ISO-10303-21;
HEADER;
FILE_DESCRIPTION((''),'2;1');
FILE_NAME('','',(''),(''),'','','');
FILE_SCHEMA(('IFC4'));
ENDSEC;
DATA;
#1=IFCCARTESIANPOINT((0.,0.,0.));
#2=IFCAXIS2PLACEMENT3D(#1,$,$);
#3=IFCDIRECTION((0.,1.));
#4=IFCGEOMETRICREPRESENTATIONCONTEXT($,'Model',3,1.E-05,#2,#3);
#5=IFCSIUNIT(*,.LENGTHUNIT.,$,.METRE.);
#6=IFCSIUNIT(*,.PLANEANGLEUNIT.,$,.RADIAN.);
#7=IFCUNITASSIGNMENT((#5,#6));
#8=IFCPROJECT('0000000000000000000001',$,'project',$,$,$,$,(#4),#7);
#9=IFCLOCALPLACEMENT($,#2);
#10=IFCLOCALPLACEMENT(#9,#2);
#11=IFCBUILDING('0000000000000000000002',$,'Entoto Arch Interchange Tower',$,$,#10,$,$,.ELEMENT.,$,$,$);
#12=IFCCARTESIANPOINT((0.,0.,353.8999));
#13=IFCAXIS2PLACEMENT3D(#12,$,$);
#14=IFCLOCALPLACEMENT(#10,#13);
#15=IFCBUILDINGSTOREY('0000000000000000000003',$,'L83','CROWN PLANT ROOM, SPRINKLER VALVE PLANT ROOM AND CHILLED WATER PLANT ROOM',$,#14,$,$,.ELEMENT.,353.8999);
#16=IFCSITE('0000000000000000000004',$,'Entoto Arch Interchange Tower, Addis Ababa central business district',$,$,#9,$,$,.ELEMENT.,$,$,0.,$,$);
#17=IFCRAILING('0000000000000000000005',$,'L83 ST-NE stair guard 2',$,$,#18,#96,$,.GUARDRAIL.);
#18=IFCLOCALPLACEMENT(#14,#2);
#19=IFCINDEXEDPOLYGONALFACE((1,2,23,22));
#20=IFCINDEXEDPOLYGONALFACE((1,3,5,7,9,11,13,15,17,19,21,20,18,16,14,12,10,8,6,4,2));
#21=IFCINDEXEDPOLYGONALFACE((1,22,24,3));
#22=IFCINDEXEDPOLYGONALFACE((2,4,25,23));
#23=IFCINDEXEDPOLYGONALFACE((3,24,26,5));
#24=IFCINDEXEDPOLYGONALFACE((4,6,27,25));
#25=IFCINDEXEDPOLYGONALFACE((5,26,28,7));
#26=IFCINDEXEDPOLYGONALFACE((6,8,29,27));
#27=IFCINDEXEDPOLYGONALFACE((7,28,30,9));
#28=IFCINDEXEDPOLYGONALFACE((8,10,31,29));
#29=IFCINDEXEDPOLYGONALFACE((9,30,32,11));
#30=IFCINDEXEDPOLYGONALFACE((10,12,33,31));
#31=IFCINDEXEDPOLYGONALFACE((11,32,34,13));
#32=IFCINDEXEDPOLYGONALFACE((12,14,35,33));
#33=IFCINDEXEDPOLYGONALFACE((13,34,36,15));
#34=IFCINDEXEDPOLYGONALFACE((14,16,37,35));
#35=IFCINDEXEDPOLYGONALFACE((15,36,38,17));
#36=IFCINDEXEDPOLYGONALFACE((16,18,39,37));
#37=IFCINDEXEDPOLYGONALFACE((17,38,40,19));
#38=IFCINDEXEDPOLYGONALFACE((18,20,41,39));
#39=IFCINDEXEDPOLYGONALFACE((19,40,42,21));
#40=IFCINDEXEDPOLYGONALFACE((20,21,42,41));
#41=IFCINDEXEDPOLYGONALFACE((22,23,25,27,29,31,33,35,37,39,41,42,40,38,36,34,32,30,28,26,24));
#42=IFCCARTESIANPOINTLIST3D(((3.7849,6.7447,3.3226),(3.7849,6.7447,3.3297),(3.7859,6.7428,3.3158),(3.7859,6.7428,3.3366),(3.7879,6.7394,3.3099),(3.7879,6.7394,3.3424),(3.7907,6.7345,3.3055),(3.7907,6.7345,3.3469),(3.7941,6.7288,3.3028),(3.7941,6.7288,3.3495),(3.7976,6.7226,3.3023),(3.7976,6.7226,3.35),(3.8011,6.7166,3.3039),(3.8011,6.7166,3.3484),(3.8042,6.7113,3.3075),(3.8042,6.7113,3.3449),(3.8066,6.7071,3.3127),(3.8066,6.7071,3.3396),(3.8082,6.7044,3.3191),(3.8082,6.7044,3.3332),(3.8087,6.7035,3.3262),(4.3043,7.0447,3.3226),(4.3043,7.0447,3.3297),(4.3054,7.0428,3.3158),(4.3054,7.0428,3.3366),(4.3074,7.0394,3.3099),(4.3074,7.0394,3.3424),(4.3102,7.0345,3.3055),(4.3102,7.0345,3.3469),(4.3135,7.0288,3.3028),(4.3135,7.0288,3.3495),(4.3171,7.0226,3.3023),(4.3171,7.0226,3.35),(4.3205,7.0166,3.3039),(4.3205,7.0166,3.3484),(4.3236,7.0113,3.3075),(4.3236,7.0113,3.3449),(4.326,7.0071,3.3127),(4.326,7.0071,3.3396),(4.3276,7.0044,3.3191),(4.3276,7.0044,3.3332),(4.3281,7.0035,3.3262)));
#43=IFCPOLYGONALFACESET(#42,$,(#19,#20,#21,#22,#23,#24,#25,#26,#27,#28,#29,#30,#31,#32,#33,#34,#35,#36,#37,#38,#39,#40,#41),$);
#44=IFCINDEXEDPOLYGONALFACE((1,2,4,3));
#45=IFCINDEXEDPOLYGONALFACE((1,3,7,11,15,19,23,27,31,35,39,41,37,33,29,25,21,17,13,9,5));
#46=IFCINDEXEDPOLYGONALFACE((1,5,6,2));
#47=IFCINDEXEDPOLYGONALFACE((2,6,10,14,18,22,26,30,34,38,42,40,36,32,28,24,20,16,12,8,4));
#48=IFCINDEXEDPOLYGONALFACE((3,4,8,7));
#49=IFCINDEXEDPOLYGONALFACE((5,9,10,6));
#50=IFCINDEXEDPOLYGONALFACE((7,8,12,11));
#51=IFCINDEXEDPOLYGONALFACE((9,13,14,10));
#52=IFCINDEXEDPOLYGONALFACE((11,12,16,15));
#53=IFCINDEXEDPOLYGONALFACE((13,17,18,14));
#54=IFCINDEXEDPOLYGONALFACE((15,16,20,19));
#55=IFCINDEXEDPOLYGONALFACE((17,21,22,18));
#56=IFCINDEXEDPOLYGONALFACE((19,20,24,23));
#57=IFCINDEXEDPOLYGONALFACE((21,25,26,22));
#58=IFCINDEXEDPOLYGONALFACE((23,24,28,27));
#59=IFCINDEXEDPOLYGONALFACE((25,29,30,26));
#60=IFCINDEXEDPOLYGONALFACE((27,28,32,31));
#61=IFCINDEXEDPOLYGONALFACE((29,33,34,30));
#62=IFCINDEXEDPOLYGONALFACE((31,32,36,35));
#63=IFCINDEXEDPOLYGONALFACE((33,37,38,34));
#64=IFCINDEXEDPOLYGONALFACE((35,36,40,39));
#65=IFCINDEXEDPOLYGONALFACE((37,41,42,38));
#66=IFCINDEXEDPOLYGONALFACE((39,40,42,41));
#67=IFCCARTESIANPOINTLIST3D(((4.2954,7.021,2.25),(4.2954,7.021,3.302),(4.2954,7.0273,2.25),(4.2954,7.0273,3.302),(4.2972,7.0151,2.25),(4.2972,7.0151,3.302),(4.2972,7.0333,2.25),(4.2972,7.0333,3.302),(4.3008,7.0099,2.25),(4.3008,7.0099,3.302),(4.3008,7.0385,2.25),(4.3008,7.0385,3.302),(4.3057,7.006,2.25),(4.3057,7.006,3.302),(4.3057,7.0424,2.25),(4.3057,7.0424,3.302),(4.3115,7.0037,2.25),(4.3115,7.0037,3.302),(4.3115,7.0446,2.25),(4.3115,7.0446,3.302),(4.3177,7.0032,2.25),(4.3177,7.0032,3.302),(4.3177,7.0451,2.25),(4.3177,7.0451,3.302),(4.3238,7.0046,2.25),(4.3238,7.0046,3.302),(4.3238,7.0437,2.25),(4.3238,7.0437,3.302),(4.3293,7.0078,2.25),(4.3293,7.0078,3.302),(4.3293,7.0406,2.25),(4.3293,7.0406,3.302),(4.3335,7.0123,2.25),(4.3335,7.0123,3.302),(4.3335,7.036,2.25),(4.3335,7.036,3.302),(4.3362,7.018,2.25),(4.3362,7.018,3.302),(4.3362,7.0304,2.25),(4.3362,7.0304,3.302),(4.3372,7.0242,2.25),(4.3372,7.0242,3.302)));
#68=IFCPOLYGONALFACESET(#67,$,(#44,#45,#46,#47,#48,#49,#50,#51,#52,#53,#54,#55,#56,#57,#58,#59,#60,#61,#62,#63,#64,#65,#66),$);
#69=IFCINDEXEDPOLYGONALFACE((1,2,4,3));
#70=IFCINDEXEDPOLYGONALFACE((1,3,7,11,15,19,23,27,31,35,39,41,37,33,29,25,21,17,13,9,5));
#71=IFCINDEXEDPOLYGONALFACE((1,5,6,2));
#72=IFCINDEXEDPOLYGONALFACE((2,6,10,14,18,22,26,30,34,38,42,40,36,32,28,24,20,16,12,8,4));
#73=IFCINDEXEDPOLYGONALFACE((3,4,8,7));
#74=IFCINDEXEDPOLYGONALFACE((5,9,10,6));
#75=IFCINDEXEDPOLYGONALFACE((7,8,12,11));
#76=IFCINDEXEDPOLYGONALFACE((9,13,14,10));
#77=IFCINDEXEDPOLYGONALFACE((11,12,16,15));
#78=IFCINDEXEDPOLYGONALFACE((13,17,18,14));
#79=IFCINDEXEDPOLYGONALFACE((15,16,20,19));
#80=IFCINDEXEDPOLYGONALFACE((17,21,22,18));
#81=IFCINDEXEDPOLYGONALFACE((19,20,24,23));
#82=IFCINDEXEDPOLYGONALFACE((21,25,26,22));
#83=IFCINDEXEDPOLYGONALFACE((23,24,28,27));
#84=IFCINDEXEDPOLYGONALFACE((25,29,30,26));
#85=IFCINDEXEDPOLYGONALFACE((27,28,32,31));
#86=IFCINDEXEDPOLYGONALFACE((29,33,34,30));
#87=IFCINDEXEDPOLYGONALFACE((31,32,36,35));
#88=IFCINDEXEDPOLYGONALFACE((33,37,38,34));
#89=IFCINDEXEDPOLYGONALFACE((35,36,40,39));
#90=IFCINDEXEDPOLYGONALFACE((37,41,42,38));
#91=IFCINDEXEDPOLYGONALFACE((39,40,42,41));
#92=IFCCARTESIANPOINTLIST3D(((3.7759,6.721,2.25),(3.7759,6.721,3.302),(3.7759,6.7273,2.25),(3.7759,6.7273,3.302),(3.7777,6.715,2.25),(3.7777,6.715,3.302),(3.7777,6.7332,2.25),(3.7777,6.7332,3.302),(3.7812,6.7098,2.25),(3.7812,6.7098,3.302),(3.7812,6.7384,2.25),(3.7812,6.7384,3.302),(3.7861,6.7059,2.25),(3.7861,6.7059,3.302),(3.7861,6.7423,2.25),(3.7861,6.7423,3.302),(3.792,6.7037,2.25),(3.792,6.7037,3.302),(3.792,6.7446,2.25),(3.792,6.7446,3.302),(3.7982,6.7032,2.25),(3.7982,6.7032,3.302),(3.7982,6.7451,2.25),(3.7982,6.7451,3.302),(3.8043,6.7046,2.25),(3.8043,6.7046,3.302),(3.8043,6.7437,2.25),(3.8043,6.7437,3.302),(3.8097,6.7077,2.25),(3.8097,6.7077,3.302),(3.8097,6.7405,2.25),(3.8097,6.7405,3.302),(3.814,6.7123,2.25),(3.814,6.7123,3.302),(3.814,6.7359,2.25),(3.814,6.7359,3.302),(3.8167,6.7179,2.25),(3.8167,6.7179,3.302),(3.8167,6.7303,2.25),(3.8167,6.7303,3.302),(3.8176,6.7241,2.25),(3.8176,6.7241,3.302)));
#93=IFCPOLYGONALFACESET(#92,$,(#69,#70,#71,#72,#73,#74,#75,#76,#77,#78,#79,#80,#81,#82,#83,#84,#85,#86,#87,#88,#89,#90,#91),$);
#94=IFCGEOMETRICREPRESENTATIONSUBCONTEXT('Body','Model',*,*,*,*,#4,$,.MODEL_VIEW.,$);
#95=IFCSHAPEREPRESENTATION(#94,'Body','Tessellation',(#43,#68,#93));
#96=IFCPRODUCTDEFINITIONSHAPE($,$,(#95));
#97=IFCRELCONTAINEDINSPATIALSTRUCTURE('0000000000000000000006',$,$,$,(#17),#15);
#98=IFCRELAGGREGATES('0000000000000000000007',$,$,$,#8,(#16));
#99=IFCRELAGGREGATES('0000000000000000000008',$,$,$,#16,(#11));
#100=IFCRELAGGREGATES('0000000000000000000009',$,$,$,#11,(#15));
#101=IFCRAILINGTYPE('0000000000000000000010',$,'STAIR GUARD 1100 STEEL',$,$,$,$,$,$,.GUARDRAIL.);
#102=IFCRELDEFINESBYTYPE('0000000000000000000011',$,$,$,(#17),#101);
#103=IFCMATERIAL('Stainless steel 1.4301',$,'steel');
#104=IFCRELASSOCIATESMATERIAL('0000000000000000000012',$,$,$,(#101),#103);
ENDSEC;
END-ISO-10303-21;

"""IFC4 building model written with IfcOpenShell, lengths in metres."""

from ifc_helpers import new_model, si_unit, direction, frame, origin, origin_2d, place, context, subcontext, project, spatial, circle, extrude, material, type_object, element, save


model = new_model("IFC4")

# Units and contexts
model_context = context("Model", 3, precision=1e-05, world=origin(), true_north=direction((0.0, 1.0)))
body_context = subcontext(model_context, "Body", "Model", "MODEL_VIEW")
ifc_project = project(units=[si_unit("LENGTHUNIT", "METRE"), si_unit("PLANEANGLEUNIT", "RADIAN")], contexts=[model_context])

# Site, building, storey
site_placement = place(None, origin())
site = spatial("IfcSite", under=ifc_project, at=site_placement, Name="Entoto Arch Interchange Tower, Addis Ababa central business district", CompositionType="ELEMENT", RefElevation=0.0)
building_placement = place(site_placement, origin())
building = spatial("IfcBuilding", under=site, at=building_placement, Name="Entoto Arch Interchange Tower", CompositionType="ELEMENT")
storey_placement = place(building_placement, frame((0.0, 0.0, 353.8999)))
storey = spatial("IfcBuildingStorey", under=building, at=storey_placement, Name="L83", Description="CROWN PLANT ROOM, SPRINKLER VALVE PLANT ROOM AND CHILLED WATER PLANT ROOM", CompositionType="ELEMENT", Elevation=353.8999)

# Railing
ifc_material_1 = material(Name="Stainless steel 1.4301", Category="steel")
railing_type_1 = type_object("IfcRailingType", Name="STAIR GUARD 1100 STEEL", PredefinedType="GUARDRAIL", material=ifc_material_1)
railing_1_placement = place(storey_placement, frame((4.3162, 7.0242, 2.25)))
element("IfcRailing", 1, at=railing_1_placement, inside=storey, type_object=railing_type_1, Name="L83 ST-NE stair guard 2", PredefinedType="GUARDRAIL", context=body_context, shape_type="SweptSolid", body=[
    extrude(circle(Radius=0.0239, at=origin_2d()), frame((0.0, 0.0, 1.0762), z_axis=(-0.865955, -0.500122, 0.0), x_axis=(0.500122, -0.865955, 0.0)), (0.0, 0.0, 1.0), 0.5999),
    extrude(circle(Radius=0.021, at=origin_2d()), origin(), (0.0, 0.0, 1.0), 1.052),
    extrude(circle(Radius=0.021, at=origin_2d()), frame((-0.5195, -0.3, 0.0)), (0.0, 0.0, 1.0), 1.052),
])

save(model, "model.ifc")
